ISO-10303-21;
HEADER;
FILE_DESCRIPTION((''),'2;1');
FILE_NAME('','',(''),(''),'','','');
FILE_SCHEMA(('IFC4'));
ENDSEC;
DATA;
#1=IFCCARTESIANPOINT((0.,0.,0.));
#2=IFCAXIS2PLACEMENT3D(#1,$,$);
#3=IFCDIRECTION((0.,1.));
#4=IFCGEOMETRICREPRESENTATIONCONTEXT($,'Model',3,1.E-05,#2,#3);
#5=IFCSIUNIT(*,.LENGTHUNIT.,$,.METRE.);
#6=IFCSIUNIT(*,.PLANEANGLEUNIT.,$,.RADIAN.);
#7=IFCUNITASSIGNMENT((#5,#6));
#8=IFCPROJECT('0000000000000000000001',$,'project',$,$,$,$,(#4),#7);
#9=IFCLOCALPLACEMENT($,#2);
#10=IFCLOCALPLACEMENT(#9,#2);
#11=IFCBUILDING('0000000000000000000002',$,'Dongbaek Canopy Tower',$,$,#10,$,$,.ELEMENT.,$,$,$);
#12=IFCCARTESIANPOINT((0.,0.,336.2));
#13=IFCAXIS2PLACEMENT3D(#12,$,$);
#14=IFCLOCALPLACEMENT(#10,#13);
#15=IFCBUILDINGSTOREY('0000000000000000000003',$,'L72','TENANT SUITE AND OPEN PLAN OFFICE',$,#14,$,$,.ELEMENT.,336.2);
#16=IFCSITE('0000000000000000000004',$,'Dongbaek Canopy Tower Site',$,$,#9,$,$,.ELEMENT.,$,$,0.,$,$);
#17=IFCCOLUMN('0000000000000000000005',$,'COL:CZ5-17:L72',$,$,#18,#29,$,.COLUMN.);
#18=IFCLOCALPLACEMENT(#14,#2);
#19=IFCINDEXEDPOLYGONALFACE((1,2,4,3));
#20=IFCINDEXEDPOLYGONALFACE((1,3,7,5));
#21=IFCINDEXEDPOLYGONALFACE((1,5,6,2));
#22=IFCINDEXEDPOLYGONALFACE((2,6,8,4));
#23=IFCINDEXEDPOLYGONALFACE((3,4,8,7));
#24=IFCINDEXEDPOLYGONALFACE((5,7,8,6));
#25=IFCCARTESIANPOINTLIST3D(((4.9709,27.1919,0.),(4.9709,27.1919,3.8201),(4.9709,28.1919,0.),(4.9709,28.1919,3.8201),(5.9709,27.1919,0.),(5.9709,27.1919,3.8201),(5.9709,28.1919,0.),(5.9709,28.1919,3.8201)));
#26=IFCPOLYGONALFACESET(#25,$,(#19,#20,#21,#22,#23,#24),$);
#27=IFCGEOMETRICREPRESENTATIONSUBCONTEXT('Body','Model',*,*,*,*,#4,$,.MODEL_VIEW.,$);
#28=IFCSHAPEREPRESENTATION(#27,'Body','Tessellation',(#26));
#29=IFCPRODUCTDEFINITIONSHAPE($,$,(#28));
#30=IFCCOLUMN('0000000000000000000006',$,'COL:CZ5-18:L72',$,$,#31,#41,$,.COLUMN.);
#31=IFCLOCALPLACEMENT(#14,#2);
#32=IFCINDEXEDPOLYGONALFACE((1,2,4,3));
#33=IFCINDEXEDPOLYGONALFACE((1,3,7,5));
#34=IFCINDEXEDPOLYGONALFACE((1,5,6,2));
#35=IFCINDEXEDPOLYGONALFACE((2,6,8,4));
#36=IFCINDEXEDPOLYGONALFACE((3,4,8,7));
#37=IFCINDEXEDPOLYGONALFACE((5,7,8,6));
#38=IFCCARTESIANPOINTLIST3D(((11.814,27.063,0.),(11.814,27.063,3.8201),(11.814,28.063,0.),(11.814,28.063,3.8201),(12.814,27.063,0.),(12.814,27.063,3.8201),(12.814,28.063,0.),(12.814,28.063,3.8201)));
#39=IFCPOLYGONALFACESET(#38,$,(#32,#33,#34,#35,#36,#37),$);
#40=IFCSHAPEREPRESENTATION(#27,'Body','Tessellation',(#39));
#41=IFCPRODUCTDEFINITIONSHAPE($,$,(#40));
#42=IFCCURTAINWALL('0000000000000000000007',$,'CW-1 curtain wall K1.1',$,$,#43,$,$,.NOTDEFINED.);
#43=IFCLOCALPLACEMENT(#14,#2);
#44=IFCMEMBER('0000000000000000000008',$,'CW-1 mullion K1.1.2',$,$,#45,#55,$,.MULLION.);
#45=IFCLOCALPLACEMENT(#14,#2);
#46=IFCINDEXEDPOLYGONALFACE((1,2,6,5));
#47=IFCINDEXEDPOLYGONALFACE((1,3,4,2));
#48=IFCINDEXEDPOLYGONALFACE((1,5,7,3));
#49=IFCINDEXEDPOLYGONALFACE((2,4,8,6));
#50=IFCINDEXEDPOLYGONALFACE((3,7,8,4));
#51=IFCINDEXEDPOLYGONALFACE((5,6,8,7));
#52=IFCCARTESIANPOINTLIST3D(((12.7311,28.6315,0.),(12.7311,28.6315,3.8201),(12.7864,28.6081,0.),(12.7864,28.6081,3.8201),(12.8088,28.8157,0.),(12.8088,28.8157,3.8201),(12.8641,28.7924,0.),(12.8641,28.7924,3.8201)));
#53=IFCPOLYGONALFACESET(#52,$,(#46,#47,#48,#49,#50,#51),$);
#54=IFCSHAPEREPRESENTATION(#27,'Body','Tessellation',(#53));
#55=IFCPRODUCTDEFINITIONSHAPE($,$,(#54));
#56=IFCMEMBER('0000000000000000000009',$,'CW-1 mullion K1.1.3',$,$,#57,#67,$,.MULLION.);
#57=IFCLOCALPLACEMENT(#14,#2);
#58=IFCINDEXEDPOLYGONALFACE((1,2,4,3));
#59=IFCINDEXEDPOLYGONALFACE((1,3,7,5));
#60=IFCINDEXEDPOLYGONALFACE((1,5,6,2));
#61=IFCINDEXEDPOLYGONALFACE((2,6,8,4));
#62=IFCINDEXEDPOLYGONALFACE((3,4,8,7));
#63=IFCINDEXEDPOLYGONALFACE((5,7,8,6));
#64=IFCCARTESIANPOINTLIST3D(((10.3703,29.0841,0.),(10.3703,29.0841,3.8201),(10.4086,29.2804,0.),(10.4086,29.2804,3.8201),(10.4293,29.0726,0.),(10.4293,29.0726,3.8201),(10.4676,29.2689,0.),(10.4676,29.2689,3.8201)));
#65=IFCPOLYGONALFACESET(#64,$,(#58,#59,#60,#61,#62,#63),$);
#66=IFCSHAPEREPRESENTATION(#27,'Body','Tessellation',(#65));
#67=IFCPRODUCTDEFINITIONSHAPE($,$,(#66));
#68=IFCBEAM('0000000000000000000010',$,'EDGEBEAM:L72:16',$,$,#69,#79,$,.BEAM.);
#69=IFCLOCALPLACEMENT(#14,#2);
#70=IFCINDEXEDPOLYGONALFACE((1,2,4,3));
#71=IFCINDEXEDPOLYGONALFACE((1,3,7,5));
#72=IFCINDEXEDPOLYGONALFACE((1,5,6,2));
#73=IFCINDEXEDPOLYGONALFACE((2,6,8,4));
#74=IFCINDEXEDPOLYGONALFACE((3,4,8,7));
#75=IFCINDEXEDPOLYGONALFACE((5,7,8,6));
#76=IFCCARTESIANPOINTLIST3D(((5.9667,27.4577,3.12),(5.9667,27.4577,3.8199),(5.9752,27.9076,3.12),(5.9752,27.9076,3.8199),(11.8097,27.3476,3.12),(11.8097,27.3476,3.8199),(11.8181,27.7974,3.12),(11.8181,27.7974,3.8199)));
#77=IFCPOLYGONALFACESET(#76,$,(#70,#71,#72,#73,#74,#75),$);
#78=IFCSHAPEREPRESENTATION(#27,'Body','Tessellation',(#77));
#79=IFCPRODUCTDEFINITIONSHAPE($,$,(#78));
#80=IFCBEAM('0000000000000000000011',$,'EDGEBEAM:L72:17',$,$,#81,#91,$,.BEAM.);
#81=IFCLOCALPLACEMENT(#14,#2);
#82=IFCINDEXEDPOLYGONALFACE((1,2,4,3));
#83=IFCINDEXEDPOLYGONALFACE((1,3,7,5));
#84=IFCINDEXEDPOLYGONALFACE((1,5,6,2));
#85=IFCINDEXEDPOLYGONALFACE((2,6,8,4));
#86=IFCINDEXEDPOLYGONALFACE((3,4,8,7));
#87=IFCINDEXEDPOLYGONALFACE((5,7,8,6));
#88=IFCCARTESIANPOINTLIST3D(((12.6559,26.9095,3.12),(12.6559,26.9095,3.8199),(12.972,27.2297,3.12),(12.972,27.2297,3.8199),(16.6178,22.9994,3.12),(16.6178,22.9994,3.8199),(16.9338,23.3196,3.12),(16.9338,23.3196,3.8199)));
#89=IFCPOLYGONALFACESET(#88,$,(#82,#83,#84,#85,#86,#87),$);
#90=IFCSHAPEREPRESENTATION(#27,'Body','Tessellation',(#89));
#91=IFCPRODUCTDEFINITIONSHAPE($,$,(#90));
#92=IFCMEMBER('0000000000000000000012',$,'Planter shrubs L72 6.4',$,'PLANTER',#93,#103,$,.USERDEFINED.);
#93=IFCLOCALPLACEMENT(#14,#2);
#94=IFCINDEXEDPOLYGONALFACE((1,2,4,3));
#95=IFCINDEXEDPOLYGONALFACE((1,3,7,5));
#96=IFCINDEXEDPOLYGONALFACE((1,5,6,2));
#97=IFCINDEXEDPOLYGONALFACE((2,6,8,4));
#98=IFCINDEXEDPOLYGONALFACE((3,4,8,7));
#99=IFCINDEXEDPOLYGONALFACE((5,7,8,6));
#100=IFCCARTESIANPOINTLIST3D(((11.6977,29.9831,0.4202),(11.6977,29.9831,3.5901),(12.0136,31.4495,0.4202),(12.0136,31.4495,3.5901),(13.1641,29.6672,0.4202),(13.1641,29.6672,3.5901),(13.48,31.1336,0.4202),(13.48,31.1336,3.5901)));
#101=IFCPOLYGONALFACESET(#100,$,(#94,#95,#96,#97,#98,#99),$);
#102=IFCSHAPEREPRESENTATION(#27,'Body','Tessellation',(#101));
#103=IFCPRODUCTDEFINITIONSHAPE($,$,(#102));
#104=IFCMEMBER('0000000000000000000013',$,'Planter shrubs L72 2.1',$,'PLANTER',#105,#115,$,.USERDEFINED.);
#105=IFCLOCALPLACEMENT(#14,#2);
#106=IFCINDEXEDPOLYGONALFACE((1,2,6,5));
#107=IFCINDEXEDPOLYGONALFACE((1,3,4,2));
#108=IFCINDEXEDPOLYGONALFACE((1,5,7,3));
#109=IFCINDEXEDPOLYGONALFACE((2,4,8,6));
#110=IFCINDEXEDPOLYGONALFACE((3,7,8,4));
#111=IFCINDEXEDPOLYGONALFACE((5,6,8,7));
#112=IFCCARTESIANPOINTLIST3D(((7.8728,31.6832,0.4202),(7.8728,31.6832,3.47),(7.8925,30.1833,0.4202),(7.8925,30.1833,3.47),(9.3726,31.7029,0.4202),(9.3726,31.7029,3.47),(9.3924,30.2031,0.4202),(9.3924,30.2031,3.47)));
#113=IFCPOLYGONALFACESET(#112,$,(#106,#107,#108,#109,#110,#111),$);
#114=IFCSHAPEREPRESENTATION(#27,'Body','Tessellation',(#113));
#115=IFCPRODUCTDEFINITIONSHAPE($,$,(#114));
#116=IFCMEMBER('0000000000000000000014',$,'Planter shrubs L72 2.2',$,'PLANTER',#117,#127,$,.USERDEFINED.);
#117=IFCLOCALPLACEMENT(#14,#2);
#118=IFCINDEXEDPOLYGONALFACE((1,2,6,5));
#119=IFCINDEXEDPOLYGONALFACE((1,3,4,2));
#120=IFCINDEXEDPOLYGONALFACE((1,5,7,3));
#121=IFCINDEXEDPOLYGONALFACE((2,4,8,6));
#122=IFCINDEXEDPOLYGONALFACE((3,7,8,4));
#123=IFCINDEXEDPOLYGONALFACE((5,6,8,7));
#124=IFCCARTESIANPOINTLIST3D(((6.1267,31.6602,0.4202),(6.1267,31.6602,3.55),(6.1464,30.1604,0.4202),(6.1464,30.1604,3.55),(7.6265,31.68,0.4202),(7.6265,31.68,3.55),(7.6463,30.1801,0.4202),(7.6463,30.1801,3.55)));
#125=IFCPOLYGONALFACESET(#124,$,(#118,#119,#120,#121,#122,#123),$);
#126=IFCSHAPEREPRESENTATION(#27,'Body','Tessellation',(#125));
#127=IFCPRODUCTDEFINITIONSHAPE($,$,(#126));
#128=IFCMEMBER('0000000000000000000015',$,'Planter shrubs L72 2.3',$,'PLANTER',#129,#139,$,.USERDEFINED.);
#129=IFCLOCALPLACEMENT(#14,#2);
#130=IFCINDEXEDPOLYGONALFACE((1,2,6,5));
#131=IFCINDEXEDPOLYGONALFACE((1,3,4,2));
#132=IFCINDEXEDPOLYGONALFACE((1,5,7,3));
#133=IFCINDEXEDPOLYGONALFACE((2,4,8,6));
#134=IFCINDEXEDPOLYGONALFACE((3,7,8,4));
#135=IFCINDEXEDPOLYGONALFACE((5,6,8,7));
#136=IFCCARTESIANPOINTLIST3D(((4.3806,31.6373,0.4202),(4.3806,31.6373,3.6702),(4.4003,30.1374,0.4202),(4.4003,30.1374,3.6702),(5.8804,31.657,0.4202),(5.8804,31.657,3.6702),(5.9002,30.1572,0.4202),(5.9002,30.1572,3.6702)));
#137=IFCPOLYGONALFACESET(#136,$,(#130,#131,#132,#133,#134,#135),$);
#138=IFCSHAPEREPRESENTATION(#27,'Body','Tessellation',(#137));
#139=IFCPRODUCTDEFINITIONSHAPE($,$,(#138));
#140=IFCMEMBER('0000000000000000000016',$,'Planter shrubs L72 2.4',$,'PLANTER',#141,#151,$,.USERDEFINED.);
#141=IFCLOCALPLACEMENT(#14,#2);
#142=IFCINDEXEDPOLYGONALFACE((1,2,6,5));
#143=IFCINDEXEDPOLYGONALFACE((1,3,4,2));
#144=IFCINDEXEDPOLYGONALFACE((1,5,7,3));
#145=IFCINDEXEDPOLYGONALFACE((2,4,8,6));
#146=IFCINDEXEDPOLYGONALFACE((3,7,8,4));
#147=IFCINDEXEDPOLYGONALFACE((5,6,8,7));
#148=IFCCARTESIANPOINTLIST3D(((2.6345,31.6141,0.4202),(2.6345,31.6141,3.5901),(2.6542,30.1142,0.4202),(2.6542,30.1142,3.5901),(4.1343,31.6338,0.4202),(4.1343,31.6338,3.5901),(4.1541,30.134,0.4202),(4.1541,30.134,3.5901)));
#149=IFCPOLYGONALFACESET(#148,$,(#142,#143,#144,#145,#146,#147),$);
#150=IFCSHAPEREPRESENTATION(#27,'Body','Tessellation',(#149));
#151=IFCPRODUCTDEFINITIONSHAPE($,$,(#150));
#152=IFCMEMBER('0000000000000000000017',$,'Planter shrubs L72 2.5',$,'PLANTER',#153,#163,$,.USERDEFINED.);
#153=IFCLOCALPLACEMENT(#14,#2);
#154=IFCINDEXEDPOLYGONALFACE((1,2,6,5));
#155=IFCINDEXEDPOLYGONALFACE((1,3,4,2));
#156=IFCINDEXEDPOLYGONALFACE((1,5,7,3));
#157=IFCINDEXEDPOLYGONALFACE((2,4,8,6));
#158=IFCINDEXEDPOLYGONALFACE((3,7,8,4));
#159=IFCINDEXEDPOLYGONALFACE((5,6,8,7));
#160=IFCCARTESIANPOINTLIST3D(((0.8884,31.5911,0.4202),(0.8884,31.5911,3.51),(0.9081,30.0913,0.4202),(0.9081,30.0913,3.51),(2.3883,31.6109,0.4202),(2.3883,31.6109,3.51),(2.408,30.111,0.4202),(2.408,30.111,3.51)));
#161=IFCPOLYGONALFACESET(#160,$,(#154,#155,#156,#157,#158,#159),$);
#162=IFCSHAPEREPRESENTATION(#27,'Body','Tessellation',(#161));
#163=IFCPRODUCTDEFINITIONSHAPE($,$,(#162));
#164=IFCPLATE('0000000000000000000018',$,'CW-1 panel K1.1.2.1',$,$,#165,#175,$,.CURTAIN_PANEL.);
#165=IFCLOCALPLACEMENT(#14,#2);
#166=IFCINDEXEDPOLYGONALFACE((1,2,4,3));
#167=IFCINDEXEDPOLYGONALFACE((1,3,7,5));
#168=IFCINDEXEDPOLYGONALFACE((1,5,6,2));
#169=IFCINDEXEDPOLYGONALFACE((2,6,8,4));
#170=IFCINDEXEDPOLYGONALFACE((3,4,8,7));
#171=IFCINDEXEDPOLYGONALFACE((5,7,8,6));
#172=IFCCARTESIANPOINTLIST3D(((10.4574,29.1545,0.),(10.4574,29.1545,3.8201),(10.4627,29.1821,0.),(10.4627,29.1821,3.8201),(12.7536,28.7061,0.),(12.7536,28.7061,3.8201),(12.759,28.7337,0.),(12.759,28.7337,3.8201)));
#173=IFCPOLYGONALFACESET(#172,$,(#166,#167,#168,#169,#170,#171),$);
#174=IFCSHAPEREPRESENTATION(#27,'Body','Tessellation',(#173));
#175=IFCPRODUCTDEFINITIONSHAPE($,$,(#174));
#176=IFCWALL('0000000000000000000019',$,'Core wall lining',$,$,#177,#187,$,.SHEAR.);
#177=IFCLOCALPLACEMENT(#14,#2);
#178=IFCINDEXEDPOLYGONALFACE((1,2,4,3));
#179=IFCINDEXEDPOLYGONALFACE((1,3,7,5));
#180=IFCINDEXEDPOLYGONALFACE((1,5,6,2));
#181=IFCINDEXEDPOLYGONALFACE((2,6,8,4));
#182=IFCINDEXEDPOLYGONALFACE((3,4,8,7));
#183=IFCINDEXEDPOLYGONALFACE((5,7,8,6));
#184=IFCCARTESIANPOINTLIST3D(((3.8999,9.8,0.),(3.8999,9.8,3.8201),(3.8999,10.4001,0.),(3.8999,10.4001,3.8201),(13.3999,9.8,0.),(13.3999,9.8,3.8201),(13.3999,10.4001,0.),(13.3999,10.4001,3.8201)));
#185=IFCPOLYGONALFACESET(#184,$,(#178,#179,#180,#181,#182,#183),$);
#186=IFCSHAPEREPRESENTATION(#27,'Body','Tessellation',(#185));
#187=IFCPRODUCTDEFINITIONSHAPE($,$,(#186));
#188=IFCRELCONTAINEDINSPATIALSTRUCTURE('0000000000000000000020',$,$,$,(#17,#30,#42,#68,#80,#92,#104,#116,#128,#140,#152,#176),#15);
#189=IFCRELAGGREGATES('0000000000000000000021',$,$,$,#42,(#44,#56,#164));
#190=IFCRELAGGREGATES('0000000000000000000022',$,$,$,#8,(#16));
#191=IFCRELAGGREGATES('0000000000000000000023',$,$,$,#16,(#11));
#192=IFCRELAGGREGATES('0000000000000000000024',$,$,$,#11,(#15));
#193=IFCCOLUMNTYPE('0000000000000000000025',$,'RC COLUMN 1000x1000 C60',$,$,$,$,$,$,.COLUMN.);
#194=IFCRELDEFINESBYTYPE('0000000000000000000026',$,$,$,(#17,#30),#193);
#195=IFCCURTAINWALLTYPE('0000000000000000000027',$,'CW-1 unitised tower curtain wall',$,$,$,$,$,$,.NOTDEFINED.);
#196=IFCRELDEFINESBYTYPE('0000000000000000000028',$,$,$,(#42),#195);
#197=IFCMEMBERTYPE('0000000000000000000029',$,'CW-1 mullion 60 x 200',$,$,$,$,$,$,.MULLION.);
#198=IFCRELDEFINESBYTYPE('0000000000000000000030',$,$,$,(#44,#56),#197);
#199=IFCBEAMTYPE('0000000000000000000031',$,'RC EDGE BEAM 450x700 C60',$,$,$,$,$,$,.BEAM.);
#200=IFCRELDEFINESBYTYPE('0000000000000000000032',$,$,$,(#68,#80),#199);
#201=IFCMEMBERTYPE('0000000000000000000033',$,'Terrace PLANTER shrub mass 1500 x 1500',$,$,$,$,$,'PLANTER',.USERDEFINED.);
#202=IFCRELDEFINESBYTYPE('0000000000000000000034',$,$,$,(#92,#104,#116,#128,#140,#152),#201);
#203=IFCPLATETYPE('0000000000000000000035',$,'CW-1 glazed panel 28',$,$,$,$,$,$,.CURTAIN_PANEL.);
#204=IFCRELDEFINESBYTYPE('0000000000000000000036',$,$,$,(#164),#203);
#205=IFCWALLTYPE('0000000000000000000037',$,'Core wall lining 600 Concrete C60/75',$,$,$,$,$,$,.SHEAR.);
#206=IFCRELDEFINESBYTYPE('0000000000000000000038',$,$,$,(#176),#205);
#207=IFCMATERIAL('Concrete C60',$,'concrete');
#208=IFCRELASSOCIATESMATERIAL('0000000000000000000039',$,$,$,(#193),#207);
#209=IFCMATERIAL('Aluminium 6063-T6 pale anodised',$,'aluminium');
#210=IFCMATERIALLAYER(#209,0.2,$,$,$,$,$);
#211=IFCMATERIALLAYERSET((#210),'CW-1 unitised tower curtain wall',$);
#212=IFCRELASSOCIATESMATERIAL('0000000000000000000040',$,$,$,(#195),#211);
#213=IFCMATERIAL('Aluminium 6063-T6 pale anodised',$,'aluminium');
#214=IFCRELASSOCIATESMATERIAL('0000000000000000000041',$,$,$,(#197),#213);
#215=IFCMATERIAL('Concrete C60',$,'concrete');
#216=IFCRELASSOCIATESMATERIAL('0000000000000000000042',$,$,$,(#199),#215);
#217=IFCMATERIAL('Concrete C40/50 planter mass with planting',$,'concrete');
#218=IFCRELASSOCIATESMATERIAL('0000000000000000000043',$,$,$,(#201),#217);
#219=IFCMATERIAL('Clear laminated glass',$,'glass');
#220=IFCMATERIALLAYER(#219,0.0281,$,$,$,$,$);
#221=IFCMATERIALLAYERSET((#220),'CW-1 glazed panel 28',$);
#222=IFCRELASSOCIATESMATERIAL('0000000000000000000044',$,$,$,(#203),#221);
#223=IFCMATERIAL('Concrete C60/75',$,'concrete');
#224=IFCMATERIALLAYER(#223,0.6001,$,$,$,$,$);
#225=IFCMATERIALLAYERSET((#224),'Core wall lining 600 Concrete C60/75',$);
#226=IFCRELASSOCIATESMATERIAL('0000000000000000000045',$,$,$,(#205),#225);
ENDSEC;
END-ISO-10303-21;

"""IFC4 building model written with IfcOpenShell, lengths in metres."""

from ifc_helpers import new_model, si_unit, direction, frame, frame_2d, origin, origin_2d, place, context, subcontext, project, spatial, rectangle, extrude, material, layer, layer_set, material_profile, profile_set, type_object, element, aggregate, save


model = new_model("IFC4")

# Units and contexts
model_context = context("Model", 3, precision=1e-05, world=origin(), true_north=direction((0.0, 1.0)))
body_context = subcontext(model_context, "Body", "Model", "MODEL_VIEW")
ifc_project = project(units=[si_unit("LENGTHUNIT", "METRE"), si_unit("PLANEANGLEUNIT", "RADIAN")], contexts=[model_context])

# Site, building, storey
site_placement = place(None, origin())
site = spatial("IfcSite", under=ifc_project, at=site_placement, Name="Dongbaek Canopy Tower Site", CompositionType="ELEMENT", RefElevation=0.0)
building_placement = place(site_placement, origin())
building = spatial("IfcBuilding", under=site, at=building_placement, Name="Dongbaek Canopy Tower", CompositionType="ELEMENT")
storey_placement = place(building_placement, frame((0.0, 0.0, 336.2)))
storey = spatial("IfcBuildingStorey", under=building, at=storey_placement, Name="L72", Description="TENANT SUITE AND OPEN PLAN OFFICE", CompositionType="ELEMENT", Elevation=336.2)

# Columns
ifc_material_1 = material(Name="Concrete C60", Category="concrete")
ifc_material_profile_1 = material_profile(ifc_material_1, rectangle(XDim=1.0, YDim=1.0, at=origin_2d()), Name="RC COLUMN 1000x1000 C60")
ifc_profile_set_1 = profile_set([ifc_material_profile_1], Name="Concrete C60")
column_type = type_object("IfcColumnType", Name="RC COLUMN 1000x1000 C60", PredefinedType="COLUMN", material=ifc_profile_set_1)
for number, where, z_axis, x_axis, name in (
    (1, (5.4709, 27.6919, 0.0), (0.0, 0.0, 1.0), (1.0, 0.0, 0.0), "COL:CZ5-17:L72"),
    (2, (12.314, 27.563, 0.0), (0.0, 0.0, 1.0), (1.0, 0.0, 0.0), "COL:CZ5-18:L72"),
):
    element("IfcColumn", number, at=place(storey_placement, frame(where, z_axis=z_axis, x_axis=x_axis)), inside=storey, type_object=column_type, Name=name, PredefinedType="COLUMN", context=body_context, shape_type="SweptSolid", body=[
        extrude(rectangle(XDim=1.0, YDim=1.0, at=origin_2d()), origin(), (0.0, 0.0, 1.0), 3.8201),
    ])

# Curtain wall, members
ifc_material_2 = material(Name="Aluminium 6063-T6 pale anodised", Category="aluminium")
ifc_layer_1 = layer(ifc_material_2, 0.2)
ifc_layer_set_1 = layer_set([ifc_layer_1], Name="CW-1 unitised tower curtain wall")
curtain_wall_type = type_object("IfcCurtainWallType", Name="CW-1 unitised tower curtain wall", PredefinedType="NOTDEFINED", material=ifc_layer_set_1)
curtain_wall_placement = place(storey_placement, origin())
curtain_wall = element("IfcCurtainWall", 3, at=curtain_wall_placement, inside=storey, type_object=curtain_wall_type, Name="CW-1 curtain wall K1.1", PredefinedType="NOTDEFINED")
ifc_material_3 = material(Name="Aluminium 6063-T6 pale anodised", Category="aluminium")
ifc_material_profile_2 = material_profile(ifc_material_3, rectangle(XDim=0.2, YDim=0.0601, at=origin_2d()), Name="CW-1 mullion 60 x 200")
ifc_profile_set_2 = profile_set([ifc_material_profile_2], Name="Aluminium 6063-T6 pale anodised")
member_type_1 = type_object("IfcMemberType", Name="CW-1 mullion 60 x 200", PredefinedType="MULLION", material=ifc_profile_set_2)
member_1_placement = place(storey_placement, frame((12.7976, 28.7119, 0.0), z_axis=(0.0, 0.0, 1.0), x_axis=(0.388396, 0.921492, 0.0)))
member_1 = element("IfcMember", 4, at=member_1_placement, type_object=member_type_1, Name="CW-1 mullion K1.1.2", PredefinedType="MULLION", context=body_context, shape_type="SweptSolid", body=[
    extrude(rectangle(XDim=0.2, YDim=0.0601, at=origin_2d()), origin(), (0.0, 0.0, 1.0), 3.8201),
])
member_2_placement = place(storey_placement, frame((10.4189, 29.1765, 0.0), z_axis=(0.0, 0.0, 1.0), x_axis=(0.191669, 0.98146, 0.0)))
member_2 = element("IfcMember", 5, at=member_2_placement, type_object=member_type_1, Name="CW-1 mullion K1.1.3", PredefinedType="MULLION", context=body_context, shape_type="SweptSolid", body=[
    extrude(rectangle(XDim=0.2, YDim=0.0601, at=origin_2d()), origin(), (0.0, 0.0, 1.0), 3.8201),
])

# Beams
ifc_material_4 = material(Name="Concrete C60", Category="concrete")
ifc_material_profile_3 = material_profile(ifc_material_4, rectangle(XDim=0.45, YDim=0.7, at=origin_2d()), Name="RC EDGE BEAM 450x700 C60")
ifc_profile_set_3 = profile_set([ifc_material_profile_3], Name="Concrete C60")
beam_type = type_object("IfcBeamType", Name="RC EDGE BEAM 450x700 C60", PredefinedType="BEAM", material=ifc_profile_set_3)
beam_1_placement = place(storey_placement, frame((5.9709, 27.6826, 3.47), z_axis=(0.999822, -0.018841, 0.0), x_axis=(0.018841, 0.999822, 0.0)))
element("IfcBeam", 6, at=beam_1_placement, inside=storey, type_object=beam_type, Name="EDGEBEAM:L72:16", PredefinedType="BEAM", context=body_context, shape_type="SweptSolid", body=[
    extrude(rectangle(XDim=0.45, YDim=0.7, at=origin_2d()), origin(), (0.0, 0.0, 1.0), 5.844),
])
beam_2_placement = place(storey_placement, frame((12.814, 27.0696, 3.47), z_axis=(0.711741, -0.702442, 0.0), x_axis=(0.702442, 0.711741, 0.0)))
element("IfcBeam", 7, at=beam_2_placement, inside=storey, type_object=beam_type, Name="EDGEBEAM:L72:17", PredefinedType="BEAM", context=body_context, shape_type="SweptSolid", body=[
    extrude(rectangle(XDim=0.45, YDim=0.7, at=origin_2d()), origin(), (0.0, 0.0, 1.0), 5.5664),
])

# Members
ifc_material_5 = material(Name="Concrete C40/50 planter mass with planting", Category="concrete")
ifc_material_profile_4 = material_profile(ifc_material_5, rectangle(XDim=1.5, YDim=1.5, at=origin_2d()), Name="Terrace PLANTER shrub mass 1500 x 1500")
ifc_profile_set_4 = profile_set([ifc_material_profile_4], Name="Concrete C40/50 planter mass with planting")
member_type_2 = type_object("IfcMemberType", Name="Terrace PLANTER shrub mass 1500 x 1500", ElementType="PLANTER", PredefinedType="USERDEFINED", material=ifc_profile_set_4)
member_3_placement = place(storey_placement, frame((12.5889, 30.5583, 0.4202), z_axis=(0.0, 0.0, 1.0), x_axis=(0.210585, 0.977576, 0.0)))
element("IfcMember", 8, at=member_3_placement, inside=storey, type_object=member_type_2, Name="Planter shrubs L72 6.4", ObjectType="PLANTER", PredefinedType="USERDEFINED", context=body_context, shape_type="SweptSolid", body=[
    extrude(rectangle(XDim=1.5, YDim=1.5, at=origin_2d()), origin(), (0.0, 0.0, 1.0), 3.1699),
])
member_4_placement = place(storey_placement, frame((8.6326, 30.9431, 0.4202), z_axis=(0.0, 0.0, 1.0), x_axis=(-0.013165, 0.999913, 0.0)))
element("IfcMember", 9, at=member_4_placement, inside=storey, type_object=member_type_2, Name="Planter shrubs L72 2.1", ObjectType="PLANTER", PredefinedType="USERDEFINED", context=body_context, shape_type="SweptSolid", body=[
    extrude(rectangle(XDim=1.5, YDim=1.5, at=origin_2d()), origin(), (0.0, 0.0, 1.0), 3.0498),
])
member_5_placement = place(storey_placement, frame((6.8865, 30.9202, 0.4202), z_axis=(0.0, 0.0, 1.0), x_axis=(-0.013165, 0.999913, 0.0)))
element("IfcMember", 10, at=member_5_placement, inside=storey, type_object=member_type_2, Name="Planter shrubs L72 2.2", ObjectType="PLANTER", PredefinedType="USERDEFINED", context=body_context, shape_type="SweptSolid", body=[
    extrude(rectangle(XDim=1.5, YDim=1.5, at=origin_2d()), origin(), (0.0, 0.0, 1.0), 3.1299),
])
member_6_placement = place(storey_placement, frame((5.1404, 30.8972, 0.4202), z_axis=(0.0, 0.0, 1.0), x_axis=(-0.013165, 0.999913, 0.0)))
element("IfcMember", 11, at=member_6_placement, inside=storey, type_object=member_type_2, Name="Planter shrubs L72 2.3", ObjectType="PLANTER", PredefinedType="USERDEFINED", context=body_context, shape_type="SweptSolid", body=[
    extrude(rectangle(XDim=1.5, YDim=1.5, at=origin_2d()), origin(), (0.0, 0.0, 1.0), 3.25),
])
member_7_placement = place(storey_placement, frame((3.3943, 30.874, 0.4202), z_axis=(0.0, 0.0, 1.0), x_axis=(-0.013165, 0.999913, 0.0)))
element("IfcMember", 12, at=member_7_placement, inside=storey, type_object=member_type_2, Name="Planter shrubs L72 2.4", ObjectType="PLANTER", PredefinedType="USERDEFINED", context=body_context, shape_type="SweptSolid", body=[
    extrude(rectangle(XDim=1.5, YDim=1.5, at=origin_2d()), origin(), (0.0, 0.0, 1.0), 3.1699),
])
member_8_placement = place(storey_placement, frame((1.6482, 30.8511, 0.4202), z_axis=(0.0, 0.0, 1.0), x_axis=(-0.013165, 0.999913, 0.0)))
element("IfcMember", 13, at=member_8_placement, inside=storey, type_object=member_type_2, Name="Planter shrubs L72 2.5", ObjectType="PLANTER", PredefinedType="USERDEFINED", context=body_context, shape_type="SweptSolid", body=[
    extrude(rectangle(XDim=1.5, YDim=1.5, at=origin_2d()), origin(), (0.0, 0.0, 1.0), 3.0898),
])

# Plate
ifc_material_6 = material(Name="Clear laminated glass", Category="glass")
ifc_layer_2 = layer(ifc_material_6, 0.0281)
ifc_layer_set_2 = layer_set([ifc_layer_2], Name="CW-1 glazed panel 28")
plate_type = type_object("IfcPlateType", Name="CW-1 glazed panel 28", PredefinedType="CURTAIN_PANEL", material=ifc_layer_set_2)
plate_placement = place(storey_placement, frame((11.6082, 28.9441, 0.0), z_axis=(0.0, 0.0, 1.0), x_axis=(-0.98146, 0.191669, 0.0)))
plate = element("IfcPlate", 14, at=plate_placement, type_object=plate_type, Name="CW-1 panel K1.1.2.1", PredefinedType="CURTAIN_PANEL", context=body_context, shape_type="SweptSolid", body=[
    extrude(rectangle(XDim=2.3396, YDim=0.0281, at=origin_2d()), origin(), (0.0, 0.0, 1.0), 3.8201),
])
aggregate(curtain_wall, [member_1, member_2, plate])

# Wall
ifc_material_7 = material(Name="Concrete C60/75", Category="concrete")
ifc_layer_3 = layer(ifc_material_7, 0.6001)
ifc_layer_set_3 = layer_set([ifc_layer_3], Name="Core wall lining 600 Concrete C60/75")
wall_type_1 = type_object("IfcWallType", Name="Core wall lining 600 Concrete C60/75", PredefinedType="SHEAR", material=ifc_layer_set_3)
wall_1_placement = place(storey_placement, frame((3.8999, 10.1001, 0.0), z_axis=(0.0, 0.0, 1.0), x_axis=(1.0, 0.0, 0.0)))
element("IfcWall", 15, at=wall_1_placement, inside=storey, type_object=wall_type_1, Name="Core wall lining", PredefinedType="SHEAR", context=body_context, shape_type="SweptSolid", body=[
    extrude(rectangle(XDim=9.5, YDim=0.6001, at=frame_2d((4.75, 0.0))), origin(), (0.0, 0.0, 1.0), 3.8201),
])

save(model, "model.ifc")
